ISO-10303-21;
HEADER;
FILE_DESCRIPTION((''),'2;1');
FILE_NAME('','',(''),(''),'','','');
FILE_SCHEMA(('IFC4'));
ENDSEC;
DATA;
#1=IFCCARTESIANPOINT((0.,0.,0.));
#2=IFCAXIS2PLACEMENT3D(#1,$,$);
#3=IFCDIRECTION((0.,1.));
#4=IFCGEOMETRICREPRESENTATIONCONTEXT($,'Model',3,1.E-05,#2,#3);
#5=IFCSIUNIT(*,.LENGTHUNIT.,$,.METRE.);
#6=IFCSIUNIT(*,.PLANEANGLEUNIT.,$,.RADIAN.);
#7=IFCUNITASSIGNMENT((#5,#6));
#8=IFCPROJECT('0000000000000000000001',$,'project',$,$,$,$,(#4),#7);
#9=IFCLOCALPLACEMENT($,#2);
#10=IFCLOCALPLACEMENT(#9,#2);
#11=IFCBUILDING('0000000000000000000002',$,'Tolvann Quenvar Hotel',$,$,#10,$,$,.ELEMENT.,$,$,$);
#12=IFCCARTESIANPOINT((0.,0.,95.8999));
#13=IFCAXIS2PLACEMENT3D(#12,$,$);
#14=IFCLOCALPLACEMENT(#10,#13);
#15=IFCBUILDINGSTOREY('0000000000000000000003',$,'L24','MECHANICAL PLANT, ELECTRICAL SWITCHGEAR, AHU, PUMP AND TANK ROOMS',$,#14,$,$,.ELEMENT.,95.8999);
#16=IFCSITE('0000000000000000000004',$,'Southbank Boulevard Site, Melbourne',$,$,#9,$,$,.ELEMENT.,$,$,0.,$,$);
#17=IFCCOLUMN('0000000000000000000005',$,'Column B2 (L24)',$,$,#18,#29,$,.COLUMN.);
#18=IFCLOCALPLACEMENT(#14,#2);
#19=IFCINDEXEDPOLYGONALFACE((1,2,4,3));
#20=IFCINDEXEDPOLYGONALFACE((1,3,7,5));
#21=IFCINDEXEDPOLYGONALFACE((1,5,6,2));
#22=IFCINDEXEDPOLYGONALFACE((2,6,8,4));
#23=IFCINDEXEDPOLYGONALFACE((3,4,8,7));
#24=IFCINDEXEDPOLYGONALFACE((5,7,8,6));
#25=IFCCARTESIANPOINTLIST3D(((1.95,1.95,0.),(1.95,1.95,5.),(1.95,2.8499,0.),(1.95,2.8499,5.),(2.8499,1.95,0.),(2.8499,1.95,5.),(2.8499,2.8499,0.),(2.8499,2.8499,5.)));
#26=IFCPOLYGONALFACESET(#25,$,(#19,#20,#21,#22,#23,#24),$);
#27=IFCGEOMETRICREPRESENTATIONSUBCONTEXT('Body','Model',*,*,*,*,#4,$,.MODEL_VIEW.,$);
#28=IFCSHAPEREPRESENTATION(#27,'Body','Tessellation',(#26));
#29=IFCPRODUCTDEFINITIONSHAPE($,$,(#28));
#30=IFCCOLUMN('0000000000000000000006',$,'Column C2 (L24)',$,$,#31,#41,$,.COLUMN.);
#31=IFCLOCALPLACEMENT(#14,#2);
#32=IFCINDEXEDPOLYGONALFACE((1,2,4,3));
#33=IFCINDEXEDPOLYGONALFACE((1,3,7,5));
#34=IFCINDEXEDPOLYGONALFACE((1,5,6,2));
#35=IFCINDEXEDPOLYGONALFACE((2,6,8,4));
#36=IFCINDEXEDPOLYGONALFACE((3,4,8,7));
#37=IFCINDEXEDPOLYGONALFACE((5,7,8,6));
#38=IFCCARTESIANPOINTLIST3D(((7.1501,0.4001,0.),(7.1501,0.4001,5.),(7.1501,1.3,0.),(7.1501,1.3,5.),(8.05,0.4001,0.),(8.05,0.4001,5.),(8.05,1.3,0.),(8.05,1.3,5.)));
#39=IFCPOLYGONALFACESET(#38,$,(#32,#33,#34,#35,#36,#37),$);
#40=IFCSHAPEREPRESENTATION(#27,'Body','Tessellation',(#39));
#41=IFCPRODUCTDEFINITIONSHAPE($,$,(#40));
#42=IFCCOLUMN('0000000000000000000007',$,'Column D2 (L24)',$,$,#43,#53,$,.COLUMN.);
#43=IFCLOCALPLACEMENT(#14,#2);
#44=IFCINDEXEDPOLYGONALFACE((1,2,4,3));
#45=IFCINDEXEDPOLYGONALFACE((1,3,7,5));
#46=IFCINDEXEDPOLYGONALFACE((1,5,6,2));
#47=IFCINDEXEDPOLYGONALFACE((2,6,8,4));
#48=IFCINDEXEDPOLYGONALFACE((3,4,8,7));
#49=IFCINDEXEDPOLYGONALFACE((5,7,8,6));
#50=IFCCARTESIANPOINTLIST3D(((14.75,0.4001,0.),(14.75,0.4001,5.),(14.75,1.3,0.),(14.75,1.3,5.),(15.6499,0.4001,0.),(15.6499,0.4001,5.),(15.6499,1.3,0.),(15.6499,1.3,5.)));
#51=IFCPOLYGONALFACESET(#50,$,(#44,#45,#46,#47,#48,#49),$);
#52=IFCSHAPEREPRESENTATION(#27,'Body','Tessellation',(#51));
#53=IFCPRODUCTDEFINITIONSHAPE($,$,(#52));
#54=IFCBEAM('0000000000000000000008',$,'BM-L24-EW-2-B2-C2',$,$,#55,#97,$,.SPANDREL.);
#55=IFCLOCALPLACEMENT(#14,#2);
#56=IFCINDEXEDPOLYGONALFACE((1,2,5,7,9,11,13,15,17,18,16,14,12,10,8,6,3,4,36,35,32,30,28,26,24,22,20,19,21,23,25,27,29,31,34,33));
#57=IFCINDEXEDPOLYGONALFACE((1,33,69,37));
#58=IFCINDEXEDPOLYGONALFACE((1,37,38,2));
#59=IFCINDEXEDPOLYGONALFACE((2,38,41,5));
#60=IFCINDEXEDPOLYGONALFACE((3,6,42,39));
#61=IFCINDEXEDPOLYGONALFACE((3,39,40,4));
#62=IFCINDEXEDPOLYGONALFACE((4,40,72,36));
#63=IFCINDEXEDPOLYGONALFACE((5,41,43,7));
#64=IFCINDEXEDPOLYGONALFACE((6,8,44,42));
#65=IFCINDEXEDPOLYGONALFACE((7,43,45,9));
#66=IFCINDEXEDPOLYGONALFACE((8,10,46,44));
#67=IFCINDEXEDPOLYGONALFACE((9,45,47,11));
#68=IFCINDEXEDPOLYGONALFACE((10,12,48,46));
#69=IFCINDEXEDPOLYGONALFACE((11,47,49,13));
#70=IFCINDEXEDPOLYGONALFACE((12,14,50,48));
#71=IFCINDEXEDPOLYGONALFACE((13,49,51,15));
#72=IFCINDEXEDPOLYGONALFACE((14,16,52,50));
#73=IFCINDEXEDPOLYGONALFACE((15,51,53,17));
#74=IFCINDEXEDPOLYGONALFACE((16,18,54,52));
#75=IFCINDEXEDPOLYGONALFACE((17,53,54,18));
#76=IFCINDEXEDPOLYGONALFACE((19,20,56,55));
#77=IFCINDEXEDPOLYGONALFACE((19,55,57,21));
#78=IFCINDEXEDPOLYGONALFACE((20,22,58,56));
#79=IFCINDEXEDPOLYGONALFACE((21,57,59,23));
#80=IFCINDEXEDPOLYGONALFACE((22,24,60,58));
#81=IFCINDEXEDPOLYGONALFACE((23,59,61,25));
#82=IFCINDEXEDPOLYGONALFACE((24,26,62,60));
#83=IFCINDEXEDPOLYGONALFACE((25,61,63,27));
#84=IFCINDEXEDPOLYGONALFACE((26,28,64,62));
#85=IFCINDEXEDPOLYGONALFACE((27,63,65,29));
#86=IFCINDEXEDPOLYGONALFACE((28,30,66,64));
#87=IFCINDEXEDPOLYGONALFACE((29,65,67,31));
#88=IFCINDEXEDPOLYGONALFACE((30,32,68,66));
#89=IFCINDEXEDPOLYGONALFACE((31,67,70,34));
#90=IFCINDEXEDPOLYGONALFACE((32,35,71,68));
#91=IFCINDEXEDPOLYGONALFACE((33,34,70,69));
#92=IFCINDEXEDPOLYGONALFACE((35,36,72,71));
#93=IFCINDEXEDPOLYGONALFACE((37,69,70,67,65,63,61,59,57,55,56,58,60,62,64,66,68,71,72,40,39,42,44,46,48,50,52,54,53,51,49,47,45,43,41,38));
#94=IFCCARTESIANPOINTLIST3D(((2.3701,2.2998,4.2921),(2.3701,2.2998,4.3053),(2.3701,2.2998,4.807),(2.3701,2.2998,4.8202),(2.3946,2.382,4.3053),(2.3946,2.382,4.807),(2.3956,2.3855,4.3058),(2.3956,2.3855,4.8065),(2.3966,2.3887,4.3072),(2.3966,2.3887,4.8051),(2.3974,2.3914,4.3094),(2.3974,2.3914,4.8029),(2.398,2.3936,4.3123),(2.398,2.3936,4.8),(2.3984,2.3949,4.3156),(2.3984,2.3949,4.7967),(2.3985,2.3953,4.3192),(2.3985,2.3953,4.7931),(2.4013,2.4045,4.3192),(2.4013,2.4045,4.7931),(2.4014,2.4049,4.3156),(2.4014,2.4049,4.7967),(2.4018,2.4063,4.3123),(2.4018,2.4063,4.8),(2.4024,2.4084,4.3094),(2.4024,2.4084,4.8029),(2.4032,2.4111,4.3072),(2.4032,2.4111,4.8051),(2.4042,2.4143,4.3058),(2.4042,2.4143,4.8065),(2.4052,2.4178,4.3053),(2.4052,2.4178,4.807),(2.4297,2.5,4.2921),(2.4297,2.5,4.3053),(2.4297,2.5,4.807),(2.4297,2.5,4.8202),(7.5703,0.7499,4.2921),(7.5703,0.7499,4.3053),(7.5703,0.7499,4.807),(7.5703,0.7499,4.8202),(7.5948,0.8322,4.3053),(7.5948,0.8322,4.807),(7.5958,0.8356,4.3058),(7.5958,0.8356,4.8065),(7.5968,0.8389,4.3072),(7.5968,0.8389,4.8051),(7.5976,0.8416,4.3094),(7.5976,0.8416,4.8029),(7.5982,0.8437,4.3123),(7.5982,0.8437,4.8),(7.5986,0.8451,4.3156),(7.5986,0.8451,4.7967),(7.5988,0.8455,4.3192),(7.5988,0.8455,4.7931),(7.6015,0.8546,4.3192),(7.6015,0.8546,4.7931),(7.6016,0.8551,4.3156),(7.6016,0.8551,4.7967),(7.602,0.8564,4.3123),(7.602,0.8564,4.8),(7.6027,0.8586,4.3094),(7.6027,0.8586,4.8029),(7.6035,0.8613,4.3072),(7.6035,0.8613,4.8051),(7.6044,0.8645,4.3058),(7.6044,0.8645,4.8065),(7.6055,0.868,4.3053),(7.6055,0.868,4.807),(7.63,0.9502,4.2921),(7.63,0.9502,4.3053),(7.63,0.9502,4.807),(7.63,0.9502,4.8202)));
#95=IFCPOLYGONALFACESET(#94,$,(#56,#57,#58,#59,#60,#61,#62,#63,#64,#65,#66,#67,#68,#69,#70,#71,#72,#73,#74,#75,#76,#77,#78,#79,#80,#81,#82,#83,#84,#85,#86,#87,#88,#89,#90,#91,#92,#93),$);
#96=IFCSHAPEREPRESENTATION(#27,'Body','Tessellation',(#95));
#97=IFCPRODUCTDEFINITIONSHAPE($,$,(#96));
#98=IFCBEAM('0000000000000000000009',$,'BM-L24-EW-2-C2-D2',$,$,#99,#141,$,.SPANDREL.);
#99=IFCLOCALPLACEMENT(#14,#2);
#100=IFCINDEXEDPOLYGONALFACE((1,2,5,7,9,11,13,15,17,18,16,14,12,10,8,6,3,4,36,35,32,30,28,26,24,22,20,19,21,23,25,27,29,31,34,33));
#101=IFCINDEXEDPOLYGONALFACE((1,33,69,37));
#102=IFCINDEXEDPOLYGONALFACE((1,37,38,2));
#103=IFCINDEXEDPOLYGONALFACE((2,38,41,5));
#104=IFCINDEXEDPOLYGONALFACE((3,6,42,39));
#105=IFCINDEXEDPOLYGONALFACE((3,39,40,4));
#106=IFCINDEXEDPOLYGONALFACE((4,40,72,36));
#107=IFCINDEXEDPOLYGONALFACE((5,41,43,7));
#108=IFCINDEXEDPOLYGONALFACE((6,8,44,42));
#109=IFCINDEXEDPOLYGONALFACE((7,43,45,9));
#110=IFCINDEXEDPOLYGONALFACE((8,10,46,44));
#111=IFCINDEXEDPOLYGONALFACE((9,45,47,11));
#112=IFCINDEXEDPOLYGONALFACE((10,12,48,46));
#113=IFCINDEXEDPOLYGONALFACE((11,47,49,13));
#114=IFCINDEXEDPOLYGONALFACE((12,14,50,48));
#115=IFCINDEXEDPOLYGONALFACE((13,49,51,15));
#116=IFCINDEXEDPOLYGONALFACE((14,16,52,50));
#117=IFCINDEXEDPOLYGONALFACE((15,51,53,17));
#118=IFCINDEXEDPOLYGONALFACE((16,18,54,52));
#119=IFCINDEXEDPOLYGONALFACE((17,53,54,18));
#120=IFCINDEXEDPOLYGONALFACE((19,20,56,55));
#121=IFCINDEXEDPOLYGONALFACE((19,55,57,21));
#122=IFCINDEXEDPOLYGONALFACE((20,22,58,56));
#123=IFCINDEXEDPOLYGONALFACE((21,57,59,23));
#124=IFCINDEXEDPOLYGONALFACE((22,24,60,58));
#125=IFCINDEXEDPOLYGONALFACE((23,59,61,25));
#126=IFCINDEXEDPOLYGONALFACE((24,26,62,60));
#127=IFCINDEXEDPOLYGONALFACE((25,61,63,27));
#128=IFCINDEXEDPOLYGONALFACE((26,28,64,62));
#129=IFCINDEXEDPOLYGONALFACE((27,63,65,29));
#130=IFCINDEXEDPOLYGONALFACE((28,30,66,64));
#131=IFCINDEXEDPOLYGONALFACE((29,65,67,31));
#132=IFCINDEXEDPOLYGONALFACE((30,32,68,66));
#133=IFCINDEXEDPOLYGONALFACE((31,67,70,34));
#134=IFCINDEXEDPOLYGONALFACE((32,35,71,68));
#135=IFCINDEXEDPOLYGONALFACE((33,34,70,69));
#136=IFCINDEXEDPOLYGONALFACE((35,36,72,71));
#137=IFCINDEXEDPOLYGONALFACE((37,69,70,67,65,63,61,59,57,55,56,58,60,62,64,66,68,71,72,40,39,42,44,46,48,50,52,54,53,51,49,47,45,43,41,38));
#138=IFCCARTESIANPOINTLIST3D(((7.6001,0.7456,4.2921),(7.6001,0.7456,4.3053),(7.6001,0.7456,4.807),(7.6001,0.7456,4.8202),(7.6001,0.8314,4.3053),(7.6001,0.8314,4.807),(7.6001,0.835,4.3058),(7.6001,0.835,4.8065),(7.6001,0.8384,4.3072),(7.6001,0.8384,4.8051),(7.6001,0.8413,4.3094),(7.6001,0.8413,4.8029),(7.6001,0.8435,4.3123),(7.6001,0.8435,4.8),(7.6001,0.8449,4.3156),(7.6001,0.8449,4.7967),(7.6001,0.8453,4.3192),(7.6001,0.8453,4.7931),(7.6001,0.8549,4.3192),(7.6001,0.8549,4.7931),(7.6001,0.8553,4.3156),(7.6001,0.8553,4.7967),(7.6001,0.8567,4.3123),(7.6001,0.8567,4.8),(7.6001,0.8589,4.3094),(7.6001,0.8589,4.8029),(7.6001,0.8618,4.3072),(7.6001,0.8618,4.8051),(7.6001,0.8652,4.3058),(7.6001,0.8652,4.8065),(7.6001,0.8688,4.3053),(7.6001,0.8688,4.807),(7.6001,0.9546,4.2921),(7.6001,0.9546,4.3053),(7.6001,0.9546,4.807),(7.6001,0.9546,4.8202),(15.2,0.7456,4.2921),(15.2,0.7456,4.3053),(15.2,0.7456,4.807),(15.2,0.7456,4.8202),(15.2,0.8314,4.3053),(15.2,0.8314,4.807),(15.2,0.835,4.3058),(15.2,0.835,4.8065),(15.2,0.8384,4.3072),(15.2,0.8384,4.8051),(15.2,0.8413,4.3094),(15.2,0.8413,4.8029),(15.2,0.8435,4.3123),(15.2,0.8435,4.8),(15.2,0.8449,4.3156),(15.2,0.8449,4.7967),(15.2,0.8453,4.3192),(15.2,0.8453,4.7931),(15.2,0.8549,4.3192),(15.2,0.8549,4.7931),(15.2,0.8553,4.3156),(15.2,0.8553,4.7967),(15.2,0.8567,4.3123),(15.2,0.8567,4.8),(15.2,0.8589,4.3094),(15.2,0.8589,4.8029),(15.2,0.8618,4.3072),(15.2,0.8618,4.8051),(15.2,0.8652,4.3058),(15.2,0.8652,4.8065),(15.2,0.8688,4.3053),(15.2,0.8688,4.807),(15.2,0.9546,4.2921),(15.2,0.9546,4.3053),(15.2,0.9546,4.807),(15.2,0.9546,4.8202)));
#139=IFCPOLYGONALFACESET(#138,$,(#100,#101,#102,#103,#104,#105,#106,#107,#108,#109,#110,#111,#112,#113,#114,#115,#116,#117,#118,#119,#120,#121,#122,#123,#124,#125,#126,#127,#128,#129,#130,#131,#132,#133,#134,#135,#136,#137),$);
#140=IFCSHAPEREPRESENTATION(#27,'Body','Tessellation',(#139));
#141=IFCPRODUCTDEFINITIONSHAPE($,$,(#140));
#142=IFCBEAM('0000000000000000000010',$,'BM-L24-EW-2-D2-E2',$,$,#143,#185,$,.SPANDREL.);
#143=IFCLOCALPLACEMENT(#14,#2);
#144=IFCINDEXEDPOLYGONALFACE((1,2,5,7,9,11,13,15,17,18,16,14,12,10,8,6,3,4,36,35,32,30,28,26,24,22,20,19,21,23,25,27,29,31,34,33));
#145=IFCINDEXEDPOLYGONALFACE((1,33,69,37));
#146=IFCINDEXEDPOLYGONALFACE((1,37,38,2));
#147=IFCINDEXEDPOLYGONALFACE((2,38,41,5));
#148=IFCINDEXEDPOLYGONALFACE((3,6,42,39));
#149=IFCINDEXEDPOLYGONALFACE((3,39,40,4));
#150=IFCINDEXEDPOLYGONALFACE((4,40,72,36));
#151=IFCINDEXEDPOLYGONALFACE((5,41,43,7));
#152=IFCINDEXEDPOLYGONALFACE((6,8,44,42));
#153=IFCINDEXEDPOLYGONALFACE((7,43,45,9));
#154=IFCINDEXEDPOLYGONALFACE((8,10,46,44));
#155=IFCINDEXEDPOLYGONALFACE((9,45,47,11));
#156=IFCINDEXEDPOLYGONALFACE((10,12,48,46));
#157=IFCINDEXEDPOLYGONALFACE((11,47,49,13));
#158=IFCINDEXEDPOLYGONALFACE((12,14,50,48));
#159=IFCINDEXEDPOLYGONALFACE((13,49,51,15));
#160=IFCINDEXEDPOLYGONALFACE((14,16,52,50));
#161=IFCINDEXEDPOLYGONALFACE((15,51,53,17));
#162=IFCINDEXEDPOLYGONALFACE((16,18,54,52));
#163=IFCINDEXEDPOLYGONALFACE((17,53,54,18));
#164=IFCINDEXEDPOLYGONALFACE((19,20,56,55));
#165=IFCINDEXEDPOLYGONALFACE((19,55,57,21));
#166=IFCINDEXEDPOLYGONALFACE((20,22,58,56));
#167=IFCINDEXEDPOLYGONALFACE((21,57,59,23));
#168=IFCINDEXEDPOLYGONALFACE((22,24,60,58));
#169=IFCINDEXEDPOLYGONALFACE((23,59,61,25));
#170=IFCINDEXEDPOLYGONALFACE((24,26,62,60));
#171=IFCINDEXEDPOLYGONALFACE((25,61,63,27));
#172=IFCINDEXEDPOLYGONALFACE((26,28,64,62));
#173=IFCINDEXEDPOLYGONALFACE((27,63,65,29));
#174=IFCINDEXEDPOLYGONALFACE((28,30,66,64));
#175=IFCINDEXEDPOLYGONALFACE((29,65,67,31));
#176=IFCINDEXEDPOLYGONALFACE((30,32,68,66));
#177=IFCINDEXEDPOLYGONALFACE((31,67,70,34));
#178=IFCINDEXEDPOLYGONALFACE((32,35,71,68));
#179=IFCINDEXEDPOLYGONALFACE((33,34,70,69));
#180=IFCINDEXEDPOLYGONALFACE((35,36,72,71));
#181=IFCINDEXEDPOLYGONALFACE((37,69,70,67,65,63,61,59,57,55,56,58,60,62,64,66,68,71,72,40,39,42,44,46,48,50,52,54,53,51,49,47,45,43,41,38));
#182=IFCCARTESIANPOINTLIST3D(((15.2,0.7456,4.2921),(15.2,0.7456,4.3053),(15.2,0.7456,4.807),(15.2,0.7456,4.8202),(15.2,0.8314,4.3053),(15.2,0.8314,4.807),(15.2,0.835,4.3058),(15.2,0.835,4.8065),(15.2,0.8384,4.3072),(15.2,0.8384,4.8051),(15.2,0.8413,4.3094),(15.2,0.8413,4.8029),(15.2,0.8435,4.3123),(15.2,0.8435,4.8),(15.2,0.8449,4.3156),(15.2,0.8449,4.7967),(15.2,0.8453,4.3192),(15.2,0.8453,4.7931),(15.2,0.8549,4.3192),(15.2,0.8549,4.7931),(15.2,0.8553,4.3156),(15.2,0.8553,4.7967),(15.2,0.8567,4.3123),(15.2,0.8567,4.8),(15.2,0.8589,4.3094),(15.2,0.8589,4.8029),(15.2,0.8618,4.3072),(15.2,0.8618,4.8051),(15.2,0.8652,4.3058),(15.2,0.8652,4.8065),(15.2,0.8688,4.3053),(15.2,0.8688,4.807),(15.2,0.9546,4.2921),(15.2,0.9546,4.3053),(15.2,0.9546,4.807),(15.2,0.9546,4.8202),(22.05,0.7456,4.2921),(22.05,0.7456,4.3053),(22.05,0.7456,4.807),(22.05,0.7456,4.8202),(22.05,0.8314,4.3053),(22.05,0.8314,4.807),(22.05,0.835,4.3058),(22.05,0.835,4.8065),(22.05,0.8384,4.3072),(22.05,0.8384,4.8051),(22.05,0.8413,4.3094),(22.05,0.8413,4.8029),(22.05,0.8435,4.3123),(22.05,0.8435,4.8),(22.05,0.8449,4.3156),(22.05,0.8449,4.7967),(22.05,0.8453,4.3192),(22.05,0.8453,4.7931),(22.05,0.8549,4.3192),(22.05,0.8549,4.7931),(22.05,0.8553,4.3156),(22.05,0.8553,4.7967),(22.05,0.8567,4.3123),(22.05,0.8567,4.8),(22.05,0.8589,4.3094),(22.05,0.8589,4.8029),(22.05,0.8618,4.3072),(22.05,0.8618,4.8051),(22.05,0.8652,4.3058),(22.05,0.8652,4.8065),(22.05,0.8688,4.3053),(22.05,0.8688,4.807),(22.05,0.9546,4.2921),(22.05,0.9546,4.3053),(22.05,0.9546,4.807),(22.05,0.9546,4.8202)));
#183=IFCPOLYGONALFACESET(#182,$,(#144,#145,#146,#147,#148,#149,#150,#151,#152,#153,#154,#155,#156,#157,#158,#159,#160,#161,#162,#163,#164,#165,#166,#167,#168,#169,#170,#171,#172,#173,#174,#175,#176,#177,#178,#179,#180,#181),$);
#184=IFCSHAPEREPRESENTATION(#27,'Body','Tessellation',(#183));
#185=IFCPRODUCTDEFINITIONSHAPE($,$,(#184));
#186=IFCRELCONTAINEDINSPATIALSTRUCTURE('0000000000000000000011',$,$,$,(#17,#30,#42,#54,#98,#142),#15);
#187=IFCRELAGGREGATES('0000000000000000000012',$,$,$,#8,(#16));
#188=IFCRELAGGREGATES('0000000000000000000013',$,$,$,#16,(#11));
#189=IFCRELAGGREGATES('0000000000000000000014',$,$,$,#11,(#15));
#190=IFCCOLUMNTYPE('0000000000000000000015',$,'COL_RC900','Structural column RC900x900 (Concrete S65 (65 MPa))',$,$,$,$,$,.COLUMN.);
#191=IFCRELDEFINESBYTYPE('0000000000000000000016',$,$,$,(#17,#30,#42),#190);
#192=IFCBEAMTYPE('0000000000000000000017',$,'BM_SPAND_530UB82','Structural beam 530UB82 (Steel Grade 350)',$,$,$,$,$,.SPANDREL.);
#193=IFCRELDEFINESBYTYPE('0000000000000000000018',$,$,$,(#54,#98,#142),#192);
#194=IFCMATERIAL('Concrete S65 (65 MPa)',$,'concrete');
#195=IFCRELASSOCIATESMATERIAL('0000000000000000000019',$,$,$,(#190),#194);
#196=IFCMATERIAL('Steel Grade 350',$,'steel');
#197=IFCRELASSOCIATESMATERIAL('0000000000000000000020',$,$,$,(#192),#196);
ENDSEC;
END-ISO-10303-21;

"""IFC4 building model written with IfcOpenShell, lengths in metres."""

from ifc_helpers import new_model, si_unit, direction, frame, origin, origin_2d, place, context, subcontext, project, spatial, rectangle, i_section, extrude, source, transform, mapped, material, material_profile, profile_set, type_object, type_shapes, element, save


model = new_model("IFC4")

# Units and contexts
model_context = context("Model", 3, precision=1e-05, world=origin(), true_north=direction((0.0, 1.0)))
body_context = subcontext(model_context, "Body", "Model", "MODEL_VIEW")
ifc_project = project(units=[si_unit("LENGTHUNIT", "METRE"), si_unit("PLANEANGLEUNIT", "RADIAN")], contexts=[model_context])

# Site, building, storey
site_placement = place(None, origin())
site = spatial("IfcSite", under=ifc_project, at=site_placement, Name="Southbank Boulevard Site, Melbourne", CompositionType="ELEMENT", RefElevation=0.0)
building_placement = place(site_placement, origin())
building = spatial("IfcBuilding", under=site, at=building_placement, Name="Tolvann Quenvar Hotel", CompositionType="ELEMENT")
storey_placement = place(building_placement, frame((0.0, 0.0, 95.8999)))
storey = spatial("IfcBuildingStorey", under=building, at=storey_placement, Name="L24", Description="MECHANICAL PLANT, ELECTRICAL SWITCHGEAR, AHU, PUMP AND TANK ROOMS", CompositionType="ELEMENT", Elevation=95.8999)

# Columns
ifc_material_1 = material(Name="Concrete S65 (65 MPa)", Category="concrete")
ifc_material_profile_1 = material_profile(ifc_material_1, rectangle(XDim=0.8999, YDim=0.8999, at=origin_2d()), Name="RC900x900")
ifc_profile_set_1 = profile_set([ifc_material_profile_1], Name="Concrete S65 (65 MPa)")
column_type = type_object("IfcColumnType", Name="COL_RC900", Description="Structural column RC900x900 (Concrete S65 (65 MPa))", PredefinedType="COLUMN", material=ifc_profile_set_1)
shared_shape_1 = source(origin(), body_context, "Body", "SweptSolid", [
    extrude(rectangle(XDim=0.8999, YDim=0.8999, at=origin_2d()), origin(), (0.0, 0.0, 1.0), 5.0),
])
type_shapes(column_type, [shared_shape_1])
for number, where, z_axis, x_axis, name in (
    (1, (2.3999, 2.3999, 0.0), (0.0, 0.0, 1.0), (1.0, 0.0, 0.0), "Column B2 (L24)"),
    (2, (7.6001, 0.8501, 0.0), (0.0, 0.0, 1.0), (1.0, 0.0, 0.0), "Column C2 (L24)"),
    (3, (15.2, 0.8501, 0.0), (0.0, 0.0, 1.0), (1.0, 0.0, 0.0), "Column D2 (L24)"),
):
    element("IfcColumn", number, at=place(storey_placement, frame(where, z_axis=z_axis, x_axis=x_axis)), inside=storey, type_object=column_type, Name=name, PredefinedType="COLUMN", context=body_context, shape_type="MappedRepresentation", body=[
        mapped(shared_shape_1, transform((0.0, 0.0, 0.0), x_axis=(1.0, 0.0, 0.0), y_axis=(0.0, 1.0, 0.0), z_axis=(0.0, 0.0, 1.0), scale=1.0)),
    ])

# Beams
ifc_material_2 = material(Name="Steel Grade 350", Category="steel")
ifc_material_profile_2 = material_profile(ifc_material_2, i_section(OverallWidth=0.209, OverallDepth=0.5281, WebThickness=0.0095, FlangeThickness=0.0132, FilletRadius=0.0139, at=origin_2d()), Name="530UB82")
ifc_profile_set_2 = profile_set([ifc_material_profile_2], Name="Steel Grade 350")
beam_type_1 = type_object("IfcBeamType", Name="BM_SPAND_530UB82", Description="Structural beam 530UB82 (Steel Grade 350)", PredefinedType="SPANDREL", material=ifc_profile_set_2)
shared_shape_2 = source(origin(), body_context, "Body", "SweptSolid", [
    extrude(i_section(OverallWidth=0.209, OverallDepth=0.5281, WebThickness=0.0095, FlangeThickness=0.0132, FilletRadius=0.0139, at=origin_2d()), origin(), (0.0, 0.0, 1.0), 5.4263),
])
beam_1_placement = place(storey_placement, frame((2.3999, 2.3999, 4.5562), z_axis=(0.958345, -0.285614, 0.0), x_axis=(0.285614, 0.958345, 0.0)))
element("IfcBeam", 4, at=beam_1_placement, inside=storey, type_object=beam_type_1, Name="BM-L24-EW-2-B2-C2", PredefinedType="SPANDREL", context=body_context, shape_type="MappedRepresentation", body=[
    mapped(shared_shape_2, transform((0.0, 0.0, 0.0), x_axis=(1.0, 0.0, 0.0), y_axis=(0.0, 1.0, 0.0), z_axis=(0.0, 0.0, 1.0), scale=1.0)),
])
shared_shape_3 = source(origin(), body_context, "Body", "SweptSolid", [
    extrude(i_section(OverallWidth=0.209, OverallDepth=0.5281, WebThickness=0.0095, FlangeThickness=0.0132, FilletRadius=0.0139, at=origin_2d()), origin(), (0.0, 0.0, 1.0), 7.5999),
])
beam_2_placement = place(storey_placement, frame((7.6001, 0.8501, 4.5562), z_axis=(1.0, 0.0, 0.0), x_axis=(0.0, 1.0, 0.0)))
element("IfcBeam", 5, at=beam_2_placement, inside=storey, type_object=beam_type_1, Name="BM-L24-EW-2-C2-D2", PredefinedType="SPANDREL", context=body_context, shape_type="MappedRepresentation", body=[
    mapped(shared_shape_3, transform((0.0, 0.0, 0.0), x_axis=(1.0, 0.0, 0.0), y_axis=(0.0, 1.0, 0.0), z_axis=(0.0, 0.0, 1.0), scale=1.0)),
])
shared_shape_4 = source(origin(), body_context, "Body", "SweptSolid", [
    extrude(i_section(OverallWidth=0.209, OverallDepth=0.5281, WebThickness=0.0095, FlangeThickness=0.0132, FilletRadius=0.0139, at=origin_2d()), origin(), (0.0, 0.0, 1.0), 6.8501),
])
beam_3_placement = place(storey_placement, frame((15.2, 0.8501, 4.5562), z_axis=(1.0, 0.0, 0.0), x_axis=(0.0, 1.0, 0.0)))
element("IfcBeam", 6, at=beam_3_placement, inside=storey, type_object=beam_type_1, Name="BM-L24-EW-2-D2-E2", PredefinedType="SPANDREL", context=body_context, shape_type="MappedRepresentation", body=[
    mapped(shared_shape_4, transform((0.0, 0.0, 0.0), x_axis=(1.0, 0.0, 0.0), y_axis=(0.0, 1.0, 0.0), z_axis=(0.0, 0.0, 1.0), scale=1.0)),
])

save(model, "model.ifc")
